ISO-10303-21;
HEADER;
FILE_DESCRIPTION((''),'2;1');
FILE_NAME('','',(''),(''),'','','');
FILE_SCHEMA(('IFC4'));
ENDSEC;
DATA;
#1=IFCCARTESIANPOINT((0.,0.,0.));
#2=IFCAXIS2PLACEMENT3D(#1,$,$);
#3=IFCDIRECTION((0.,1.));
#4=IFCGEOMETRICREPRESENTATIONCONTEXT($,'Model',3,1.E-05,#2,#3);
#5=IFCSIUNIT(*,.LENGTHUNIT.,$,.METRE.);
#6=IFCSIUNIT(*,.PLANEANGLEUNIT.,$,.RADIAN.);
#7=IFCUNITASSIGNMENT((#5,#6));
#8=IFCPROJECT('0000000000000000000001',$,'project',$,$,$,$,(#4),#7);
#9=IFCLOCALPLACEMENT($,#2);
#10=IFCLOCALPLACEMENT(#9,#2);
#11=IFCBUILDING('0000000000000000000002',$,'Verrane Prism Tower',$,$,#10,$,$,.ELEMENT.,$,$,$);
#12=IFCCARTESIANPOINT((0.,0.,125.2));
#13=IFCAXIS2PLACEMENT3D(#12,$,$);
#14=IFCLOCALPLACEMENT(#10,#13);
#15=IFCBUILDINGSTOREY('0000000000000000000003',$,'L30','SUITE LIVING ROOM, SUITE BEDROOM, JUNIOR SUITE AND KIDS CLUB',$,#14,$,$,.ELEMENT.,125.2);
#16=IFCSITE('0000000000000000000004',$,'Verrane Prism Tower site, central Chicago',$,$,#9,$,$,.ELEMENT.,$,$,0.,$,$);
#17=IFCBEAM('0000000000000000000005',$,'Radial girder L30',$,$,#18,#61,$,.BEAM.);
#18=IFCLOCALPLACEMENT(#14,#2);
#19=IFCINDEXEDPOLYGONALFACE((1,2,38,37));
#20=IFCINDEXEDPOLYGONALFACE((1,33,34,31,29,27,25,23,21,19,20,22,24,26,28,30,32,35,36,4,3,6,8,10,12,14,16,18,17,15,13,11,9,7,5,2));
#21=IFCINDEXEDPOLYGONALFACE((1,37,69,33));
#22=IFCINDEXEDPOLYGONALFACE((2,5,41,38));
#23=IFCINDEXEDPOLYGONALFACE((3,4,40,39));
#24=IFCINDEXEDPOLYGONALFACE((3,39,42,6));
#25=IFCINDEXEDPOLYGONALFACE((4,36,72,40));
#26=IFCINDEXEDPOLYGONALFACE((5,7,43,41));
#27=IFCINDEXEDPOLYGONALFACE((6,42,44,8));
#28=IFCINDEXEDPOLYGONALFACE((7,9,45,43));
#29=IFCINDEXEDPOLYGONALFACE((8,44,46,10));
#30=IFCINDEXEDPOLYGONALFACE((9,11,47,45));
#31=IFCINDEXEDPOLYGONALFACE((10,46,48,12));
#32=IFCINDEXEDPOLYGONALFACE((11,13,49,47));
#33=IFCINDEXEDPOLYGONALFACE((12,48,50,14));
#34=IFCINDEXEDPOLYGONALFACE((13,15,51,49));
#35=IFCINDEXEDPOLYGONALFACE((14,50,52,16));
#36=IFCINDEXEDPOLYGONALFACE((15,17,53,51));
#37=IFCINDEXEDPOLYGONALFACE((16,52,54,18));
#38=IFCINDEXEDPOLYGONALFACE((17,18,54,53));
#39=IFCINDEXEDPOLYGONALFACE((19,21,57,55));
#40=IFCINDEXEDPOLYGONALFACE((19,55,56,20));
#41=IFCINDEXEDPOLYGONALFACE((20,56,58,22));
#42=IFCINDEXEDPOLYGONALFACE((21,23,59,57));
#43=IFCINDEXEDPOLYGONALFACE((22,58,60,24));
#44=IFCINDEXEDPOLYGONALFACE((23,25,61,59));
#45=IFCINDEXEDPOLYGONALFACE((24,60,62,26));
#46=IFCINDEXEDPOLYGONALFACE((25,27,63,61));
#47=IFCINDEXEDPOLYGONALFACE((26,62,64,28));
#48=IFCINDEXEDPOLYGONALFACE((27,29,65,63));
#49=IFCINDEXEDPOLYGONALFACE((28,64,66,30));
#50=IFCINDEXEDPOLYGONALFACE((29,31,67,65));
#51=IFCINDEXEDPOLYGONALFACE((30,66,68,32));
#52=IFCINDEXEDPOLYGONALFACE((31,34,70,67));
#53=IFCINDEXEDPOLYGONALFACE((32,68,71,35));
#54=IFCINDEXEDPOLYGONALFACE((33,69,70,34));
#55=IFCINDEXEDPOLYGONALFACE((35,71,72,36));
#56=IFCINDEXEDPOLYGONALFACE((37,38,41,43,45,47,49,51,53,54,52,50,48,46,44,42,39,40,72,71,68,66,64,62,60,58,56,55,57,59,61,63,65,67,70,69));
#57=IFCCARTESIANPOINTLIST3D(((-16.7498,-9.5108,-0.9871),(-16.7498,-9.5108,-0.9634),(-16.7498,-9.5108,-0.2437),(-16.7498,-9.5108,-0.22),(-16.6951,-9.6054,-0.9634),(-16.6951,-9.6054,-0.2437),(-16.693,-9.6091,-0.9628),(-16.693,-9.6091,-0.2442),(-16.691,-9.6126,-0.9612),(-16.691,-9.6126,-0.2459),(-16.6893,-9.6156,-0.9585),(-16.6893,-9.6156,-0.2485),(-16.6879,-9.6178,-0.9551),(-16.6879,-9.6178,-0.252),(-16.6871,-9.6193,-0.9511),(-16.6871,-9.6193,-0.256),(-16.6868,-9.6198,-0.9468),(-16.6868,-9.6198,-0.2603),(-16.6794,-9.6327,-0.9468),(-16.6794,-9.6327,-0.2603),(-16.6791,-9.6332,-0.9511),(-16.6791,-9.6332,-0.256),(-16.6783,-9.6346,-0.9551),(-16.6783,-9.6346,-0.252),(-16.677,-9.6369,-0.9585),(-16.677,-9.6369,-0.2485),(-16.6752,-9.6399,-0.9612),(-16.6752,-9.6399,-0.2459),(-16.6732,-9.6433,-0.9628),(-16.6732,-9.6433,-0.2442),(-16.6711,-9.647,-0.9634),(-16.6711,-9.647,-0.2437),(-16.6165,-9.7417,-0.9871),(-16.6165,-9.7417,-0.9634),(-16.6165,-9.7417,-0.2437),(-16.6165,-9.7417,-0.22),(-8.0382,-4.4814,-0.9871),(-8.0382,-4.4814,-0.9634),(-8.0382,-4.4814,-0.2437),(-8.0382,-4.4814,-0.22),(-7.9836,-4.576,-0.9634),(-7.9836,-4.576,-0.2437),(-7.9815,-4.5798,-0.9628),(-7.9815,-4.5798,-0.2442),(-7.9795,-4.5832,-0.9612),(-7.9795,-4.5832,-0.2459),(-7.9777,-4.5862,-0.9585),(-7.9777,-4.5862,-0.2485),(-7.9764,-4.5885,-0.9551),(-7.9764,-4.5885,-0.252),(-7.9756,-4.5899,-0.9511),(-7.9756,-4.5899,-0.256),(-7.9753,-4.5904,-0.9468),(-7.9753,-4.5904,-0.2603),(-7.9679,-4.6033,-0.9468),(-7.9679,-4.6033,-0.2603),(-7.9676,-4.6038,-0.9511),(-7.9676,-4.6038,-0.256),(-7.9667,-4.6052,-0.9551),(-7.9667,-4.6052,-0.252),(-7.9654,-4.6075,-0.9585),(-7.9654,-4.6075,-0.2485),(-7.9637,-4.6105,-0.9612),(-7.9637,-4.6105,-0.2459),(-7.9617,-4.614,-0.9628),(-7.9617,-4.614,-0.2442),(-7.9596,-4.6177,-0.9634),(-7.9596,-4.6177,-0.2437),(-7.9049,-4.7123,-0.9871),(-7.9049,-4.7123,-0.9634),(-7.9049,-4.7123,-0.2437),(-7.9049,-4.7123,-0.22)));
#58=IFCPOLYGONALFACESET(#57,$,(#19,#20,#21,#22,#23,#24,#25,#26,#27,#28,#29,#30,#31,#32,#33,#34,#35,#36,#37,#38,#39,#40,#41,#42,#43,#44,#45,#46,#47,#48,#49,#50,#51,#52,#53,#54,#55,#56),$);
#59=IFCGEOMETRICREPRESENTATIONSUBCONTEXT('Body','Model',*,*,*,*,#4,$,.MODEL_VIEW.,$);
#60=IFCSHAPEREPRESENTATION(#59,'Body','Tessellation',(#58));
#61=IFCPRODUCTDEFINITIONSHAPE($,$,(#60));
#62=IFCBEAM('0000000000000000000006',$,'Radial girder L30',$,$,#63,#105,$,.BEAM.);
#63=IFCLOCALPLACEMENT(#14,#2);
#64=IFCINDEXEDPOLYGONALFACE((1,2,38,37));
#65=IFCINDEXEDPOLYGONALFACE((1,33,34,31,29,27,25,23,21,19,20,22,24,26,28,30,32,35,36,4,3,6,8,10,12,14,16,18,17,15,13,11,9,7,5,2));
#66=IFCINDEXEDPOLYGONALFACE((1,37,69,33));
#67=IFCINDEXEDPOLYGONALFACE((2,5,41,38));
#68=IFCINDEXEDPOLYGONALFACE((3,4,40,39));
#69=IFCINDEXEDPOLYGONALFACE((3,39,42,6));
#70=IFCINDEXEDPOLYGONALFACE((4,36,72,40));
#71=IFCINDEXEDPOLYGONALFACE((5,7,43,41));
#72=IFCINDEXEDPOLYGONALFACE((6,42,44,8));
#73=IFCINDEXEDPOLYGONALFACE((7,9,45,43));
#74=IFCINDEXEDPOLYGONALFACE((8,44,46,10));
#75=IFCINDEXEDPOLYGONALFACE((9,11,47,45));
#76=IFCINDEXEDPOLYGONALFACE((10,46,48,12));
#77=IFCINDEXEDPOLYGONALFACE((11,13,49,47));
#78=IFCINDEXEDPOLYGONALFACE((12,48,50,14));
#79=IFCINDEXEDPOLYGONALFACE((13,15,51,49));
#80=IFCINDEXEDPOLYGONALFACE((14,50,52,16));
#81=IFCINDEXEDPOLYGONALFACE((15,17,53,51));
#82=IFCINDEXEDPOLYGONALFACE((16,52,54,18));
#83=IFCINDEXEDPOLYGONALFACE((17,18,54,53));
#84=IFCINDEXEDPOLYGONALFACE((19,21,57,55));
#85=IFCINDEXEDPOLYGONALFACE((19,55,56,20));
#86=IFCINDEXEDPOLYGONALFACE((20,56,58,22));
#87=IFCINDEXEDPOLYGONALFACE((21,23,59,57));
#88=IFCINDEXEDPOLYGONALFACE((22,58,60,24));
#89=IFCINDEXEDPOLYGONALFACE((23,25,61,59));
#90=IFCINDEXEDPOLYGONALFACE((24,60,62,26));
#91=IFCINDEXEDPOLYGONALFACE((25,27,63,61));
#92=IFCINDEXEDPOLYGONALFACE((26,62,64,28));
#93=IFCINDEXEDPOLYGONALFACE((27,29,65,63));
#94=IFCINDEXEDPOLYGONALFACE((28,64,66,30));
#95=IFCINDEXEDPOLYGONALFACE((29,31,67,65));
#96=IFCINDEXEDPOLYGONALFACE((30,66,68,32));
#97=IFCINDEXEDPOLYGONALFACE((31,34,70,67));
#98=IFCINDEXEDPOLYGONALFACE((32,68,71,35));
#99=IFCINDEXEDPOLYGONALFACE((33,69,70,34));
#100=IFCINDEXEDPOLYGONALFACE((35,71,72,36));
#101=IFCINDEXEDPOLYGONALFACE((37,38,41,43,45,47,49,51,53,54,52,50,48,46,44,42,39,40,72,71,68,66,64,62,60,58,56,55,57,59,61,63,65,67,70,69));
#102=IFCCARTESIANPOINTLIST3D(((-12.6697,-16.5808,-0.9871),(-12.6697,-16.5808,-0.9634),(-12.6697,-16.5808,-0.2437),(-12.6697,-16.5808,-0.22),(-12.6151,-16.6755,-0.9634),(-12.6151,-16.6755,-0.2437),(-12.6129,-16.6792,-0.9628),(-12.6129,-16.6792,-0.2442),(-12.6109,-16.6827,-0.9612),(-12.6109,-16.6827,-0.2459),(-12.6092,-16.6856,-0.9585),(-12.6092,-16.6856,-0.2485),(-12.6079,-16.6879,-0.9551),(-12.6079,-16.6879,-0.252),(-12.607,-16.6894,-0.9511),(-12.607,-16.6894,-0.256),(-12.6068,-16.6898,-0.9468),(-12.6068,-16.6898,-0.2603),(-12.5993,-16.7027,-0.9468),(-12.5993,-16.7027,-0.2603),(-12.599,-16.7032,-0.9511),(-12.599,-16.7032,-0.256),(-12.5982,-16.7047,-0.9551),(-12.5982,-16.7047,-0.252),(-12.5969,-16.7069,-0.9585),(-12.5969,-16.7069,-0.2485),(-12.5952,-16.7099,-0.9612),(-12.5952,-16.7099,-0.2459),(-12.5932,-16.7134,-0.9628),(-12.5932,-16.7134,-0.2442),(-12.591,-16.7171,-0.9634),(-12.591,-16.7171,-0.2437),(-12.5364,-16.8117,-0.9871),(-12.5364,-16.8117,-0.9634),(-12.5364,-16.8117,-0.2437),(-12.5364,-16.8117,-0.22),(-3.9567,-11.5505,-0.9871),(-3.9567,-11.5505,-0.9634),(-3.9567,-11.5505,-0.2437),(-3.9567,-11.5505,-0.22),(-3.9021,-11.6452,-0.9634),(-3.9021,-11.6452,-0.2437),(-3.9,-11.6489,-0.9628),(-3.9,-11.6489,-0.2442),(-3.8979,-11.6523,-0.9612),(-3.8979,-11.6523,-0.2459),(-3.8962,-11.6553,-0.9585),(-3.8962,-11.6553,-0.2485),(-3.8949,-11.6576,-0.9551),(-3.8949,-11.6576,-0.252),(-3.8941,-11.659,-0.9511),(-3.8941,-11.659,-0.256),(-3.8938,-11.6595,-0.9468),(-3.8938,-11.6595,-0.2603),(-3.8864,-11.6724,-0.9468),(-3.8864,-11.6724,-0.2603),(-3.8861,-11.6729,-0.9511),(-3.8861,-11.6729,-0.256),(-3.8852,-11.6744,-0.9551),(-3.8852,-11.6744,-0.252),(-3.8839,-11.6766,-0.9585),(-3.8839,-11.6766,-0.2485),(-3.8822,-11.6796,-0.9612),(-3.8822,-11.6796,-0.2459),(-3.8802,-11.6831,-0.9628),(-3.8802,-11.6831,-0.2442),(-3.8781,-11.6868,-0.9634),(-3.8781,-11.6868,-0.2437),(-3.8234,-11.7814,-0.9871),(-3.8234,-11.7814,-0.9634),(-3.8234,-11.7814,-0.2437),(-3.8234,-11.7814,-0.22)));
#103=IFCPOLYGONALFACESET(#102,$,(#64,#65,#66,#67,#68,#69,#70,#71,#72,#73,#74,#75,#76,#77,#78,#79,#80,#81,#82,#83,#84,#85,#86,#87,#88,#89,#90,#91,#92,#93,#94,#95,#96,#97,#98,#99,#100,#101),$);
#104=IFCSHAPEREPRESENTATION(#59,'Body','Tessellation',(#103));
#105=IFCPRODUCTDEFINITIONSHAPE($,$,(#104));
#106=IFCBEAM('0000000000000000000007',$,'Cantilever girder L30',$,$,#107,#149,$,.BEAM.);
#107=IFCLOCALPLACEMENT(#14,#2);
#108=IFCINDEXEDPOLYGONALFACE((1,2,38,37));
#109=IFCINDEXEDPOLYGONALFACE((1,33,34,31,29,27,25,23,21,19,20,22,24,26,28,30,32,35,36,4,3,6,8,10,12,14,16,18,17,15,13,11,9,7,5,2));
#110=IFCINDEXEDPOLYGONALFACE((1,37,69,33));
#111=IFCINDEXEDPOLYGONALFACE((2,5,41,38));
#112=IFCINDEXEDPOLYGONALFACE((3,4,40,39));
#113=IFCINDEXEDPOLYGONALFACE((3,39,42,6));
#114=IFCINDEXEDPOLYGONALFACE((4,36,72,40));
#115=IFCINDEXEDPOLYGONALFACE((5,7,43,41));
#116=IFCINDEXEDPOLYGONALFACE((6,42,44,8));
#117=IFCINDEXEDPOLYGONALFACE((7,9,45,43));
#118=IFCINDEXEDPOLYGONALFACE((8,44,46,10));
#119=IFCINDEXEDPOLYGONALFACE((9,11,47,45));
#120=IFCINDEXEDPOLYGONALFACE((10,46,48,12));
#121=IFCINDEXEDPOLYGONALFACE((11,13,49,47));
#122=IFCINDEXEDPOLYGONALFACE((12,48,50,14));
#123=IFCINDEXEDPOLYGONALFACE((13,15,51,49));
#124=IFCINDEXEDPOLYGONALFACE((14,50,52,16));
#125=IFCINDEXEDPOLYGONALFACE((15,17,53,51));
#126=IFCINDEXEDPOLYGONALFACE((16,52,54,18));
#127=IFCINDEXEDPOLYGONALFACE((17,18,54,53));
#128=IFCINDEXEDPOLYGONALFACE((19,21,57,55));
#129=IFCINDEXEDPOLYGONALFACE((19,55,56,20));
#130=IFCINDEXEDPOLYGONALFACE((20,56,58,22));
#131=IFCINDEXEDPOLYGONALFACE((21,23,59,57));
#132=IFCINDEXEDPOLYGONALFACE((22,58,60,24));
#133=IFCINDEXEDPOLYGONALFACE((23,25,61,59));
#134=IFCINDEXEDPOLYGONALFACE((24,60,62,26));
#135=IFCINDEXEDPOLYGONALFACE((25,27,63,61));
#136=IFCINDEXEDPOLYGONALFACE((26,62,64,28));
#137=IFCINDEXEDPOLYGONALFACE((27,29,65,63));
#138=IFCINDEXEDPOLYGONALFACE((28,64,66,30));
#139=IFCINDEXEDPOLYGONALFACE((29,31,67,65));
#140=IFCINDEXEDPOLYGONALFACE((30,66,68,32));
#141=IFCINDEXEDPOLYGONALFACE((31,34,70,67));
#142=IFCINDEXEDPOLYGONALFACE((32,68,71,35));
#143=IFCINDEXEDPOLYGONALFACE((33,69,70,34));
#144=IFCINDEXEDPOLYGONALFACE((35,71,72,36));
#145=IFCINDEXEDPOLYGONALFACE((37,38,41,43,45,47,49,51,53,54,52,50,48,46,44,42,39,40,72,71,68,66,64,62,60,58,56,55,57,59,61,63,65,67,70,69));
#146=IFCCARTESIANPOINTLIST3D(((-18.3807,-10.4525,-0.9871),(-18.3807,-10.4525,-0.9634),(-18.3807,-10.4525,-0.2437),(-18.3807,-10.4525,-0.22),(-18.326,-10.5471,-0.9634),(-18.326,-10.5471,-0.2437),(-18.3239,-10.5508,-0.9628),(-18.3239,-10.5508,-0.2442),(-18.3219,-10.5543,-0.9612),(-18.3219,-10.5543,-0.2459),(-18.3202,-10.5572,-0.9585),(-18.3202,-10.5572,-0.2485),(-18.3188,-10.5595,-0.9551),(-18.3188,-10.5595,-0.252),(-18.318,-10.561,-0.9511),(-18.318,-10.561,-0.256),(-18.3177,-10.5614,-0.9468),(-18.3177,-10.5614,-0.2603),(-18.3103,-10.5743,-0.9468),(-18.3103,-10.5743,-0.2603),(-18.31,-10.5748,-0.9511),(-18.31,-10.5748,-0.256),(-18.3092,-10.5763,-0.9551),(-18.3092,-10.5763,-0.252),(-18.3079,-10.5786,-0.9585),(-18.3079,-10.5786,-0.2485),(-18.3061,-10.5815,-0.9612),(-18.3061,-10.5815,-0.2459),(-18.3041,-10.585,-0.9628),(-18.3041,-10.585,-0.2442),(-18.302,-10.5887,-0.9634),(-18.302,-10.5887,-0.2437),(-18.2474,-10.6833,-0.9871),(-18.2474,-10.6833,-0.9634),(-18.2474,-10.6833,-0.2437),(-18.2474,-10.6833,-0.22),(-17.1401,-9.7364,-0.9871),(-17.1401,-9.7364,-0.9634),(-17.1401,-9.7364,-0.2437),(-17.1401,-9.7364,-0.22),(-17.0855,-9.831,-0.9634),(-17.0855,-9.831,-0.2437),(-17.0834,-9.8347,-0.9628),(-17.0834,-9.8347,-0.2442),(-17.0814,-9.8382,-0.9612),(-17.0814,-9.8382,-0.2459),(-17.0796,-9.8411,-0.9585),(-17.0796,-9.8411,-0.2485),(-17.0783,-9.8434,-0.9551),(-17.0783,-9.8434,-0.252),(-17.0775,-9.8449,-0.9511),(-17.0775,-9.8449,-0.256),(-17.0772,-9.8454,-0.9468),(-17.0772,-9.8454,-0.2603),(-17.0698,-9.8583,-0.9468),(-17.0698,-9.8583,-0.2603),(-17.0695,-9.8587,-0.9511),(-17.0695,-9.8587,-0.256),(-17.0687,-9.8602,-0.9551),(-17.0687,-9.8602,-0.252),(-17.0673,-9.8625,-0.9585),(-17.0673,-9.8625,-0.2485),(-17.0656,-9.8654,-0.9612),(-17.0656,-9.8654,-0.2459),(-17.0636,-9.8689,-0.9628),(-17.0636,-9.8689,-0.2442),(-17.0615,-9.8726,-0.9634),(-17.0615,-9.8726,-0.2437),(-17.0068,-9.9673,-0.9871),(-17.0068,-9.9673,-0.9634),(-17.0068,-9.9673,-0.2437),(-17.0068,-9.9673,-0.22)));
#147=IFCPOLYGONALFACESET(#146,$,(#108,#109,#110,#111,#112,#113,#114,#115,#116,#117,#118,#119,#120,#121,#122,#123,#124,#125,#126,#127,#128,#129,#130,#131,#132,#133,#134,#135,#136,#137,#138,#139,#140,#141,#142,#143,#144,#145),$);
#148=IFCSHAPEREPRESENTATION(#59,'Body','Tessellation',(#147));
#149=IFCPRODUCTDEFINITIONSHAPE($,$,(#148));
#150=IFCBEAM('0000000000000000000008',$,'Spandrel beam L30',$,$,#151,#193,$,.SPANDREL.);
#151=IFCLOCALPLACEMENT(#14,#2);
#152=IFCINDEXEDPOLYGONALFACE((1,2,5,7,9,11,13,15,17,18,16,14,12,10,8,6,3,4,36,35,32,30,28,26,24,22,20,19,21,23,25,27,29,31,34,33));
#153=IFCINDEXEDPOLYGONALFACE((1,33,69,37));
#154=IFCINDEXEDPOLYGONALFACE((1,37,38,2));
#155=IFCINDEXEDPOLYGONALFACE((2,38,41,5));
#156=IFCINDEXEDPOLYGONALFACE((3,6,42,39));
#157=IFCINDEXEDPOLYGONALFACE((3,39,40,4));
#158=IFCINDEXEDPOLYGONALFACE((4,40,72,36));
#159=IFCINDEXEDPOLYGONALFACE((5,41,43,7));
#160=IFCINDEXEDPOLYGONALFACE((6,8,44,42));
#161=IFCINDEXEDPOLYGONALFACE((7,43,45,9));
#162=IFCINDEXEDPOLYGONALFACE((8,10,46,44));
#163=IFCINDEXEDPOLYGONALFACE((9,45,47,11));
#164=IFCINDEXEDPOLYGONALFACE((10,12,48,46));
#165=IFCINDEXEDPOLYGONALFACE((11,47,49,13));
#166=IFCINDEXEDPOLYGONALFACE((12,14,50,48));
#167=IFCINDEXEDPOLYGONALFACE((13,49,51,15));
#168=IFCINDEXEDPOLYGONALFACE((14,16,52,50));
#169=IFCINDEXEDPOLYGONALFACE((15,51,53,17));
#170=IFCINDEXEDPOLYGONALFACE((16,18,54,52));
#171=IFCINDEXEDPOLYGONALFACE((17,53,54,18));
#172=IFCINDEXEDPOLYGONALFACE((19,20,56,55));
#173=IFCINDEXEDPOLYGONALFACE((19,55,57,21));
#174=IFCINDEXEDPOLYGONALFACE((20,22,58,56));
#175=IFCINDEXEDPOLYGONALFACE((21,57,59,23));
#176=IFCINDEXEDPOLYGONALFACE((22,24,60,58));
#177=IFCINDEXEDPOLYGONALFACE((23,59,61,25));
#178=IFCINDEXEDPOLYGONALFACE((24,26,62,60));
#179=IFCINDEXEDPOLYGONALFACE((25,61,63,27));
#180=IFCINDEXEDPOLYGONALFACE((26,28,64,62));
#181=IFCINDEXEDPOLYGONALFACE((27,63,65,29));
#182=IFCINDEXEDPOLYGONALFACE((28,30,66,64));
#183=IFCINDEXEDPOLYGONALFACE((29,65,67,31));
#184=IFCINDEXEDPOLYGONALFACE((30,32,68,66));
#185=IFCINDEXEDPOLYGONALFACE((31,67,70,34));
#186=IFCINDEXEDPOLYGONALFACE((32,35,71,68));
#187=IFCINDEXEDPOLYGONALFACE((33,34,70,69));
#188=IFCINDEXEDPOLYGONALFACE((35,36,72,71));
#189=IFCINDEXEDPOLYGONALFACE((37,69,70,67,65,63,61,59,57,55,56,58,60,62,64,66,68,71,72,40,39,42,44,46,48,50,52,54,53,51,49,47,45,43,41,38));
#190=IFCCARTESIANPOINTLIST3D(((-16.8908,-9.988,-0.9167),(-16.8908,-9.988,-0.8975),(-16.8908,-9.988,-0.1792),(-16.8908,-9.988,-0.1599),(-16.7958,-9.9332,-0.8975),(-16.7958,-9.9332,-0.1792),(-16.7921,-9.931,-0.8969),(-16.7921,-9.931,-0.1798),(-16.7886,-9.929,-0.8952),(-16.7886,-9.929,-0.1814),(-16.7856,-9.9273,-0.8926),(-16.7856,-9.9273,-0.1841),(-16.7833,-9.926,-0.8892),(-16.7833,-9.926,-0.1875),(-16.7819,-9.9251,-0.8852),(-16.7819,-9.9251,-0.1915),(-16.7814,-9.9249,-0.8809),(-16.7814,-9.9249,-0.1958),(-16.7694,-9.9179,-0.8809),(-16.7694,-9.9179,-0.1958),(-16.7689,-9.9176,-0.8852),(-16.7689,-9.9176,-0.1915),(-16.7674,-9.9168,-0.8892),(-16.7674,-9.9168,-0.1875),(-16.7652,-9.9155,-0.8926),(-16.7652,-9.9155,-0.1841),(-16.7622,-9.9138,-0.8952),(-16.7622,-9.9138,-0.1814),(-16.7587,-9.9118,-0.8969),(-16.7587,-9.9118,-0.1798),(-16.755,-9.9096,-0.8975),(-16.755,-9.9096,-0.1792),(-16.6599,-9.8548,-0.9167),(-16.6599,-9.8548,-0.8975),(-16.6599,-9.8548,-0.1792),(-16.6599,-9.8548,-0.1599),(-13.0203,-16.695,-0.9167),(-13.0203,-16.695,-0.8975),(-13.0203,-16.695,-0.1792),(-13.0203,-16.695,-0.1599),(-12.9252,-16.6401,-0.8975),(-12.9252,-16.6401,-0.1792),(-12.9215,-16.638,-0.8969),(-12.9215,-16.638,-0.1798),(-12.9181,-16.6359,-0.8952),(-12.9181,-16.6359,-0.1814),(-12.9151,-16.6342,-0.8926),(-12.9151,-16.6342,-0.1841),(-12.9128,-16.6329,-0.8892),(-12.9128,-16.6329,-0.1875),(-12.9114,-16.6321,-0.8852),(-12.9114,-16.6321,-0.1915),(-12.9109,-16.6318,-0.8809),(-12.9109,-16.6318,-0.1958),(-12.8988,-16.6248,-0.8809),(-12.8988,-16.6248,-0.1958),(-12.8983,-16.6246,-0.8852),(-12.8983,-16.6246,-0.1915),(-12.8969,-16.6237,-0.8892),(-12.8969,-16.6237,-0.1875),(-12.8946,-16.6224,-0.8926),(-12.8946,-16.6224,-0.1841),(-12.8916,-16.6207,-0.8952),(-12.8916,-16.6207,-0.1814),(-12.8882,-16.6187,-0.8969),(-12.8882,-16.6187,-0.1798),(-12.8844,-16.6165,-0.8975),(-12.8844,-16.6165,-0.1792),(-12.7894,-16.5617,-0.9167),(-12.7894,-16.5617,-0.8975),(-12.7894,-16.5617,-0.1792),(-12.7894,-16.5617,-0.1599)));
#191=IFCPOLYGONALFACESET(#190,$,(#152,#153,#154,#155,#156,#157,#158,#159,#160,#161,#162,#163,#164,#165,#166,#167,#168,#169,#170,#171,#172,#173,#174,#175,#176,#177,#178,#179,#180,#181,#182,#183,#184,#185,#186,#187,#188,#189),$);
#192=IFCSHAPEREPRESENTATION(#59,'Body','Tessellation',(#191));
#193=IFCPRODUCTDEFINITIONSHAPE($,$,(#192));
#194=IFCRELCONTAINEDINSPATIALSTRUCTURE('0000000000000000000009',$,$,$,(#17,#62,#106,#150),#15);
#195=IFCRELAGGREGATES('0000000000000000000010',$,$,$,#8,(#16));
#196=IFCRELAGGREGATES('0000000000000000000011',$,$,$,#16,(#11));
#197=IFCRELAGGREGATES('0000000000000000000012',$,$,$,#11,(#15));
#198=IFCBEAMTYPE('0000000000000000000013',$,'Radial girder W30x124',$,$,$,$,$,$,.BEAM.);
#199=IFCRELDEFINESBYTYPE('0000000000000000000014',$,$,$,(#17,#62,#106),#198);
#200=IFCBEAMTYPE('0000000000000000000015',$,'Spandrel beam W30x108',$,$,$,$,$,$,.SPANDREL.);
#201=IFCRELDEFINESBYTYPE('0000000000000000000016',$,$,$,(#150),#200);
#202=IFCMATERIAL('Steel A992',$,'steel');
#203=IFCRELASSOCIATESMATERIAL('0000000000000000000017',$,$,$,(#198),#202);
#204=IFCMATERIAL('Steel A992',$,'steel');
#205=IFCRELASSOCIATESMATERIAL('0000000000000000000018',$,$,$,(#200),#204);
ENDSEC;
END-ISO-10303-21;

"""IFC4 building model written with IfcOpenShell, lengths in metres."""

from ifc_helpers import new_model, si_unit, direction, frame, origin, origin_2d, place, context, subcontext, project, spatial, i_section, extrude, material, material_profile, profile_set, type_object, element, save


model = new_model("IFC4")

# Units and contexts
model_context = context("Model", 3, precision=1e-05, world=origin(), true_north=direction((0.0, 1.0)))
body_context = subcontext(model_context, "Body", "Model", "MODEL_VIEW")
ifc_project = project(units=[si_unit("LENGTHUNIT", "METRE"), si_unit("PLANEANGLEUNIT", "RADIAN")], contexts=[model_context])

# Site, building, storey
site_placement = place(None, origin())
site = spatial("IfcSite", under=ifc_project, at=site_placement, Name="Verrane Prism Tower site, central Chicago", CompositionType="ELEMENT", RefElevation=0.0)
building_placement = place(site_placement, origin())
building = spatial("IfcBuilding", under=site, at=building_placement, Name="Verrane Prism Tower", CompositionType="ELEMENT")
storey_placement = place(building_placement, frame((0.0, 0.0, 125.2)))
storey = spatial("IfcBuildingStorey", under=building, at=storey_placement, Name="L30", Description="SUITE LIVING ROOM, SUITE BEDROOM, JUNIOR SUITE AND KIDS CLUB", CompositionType="ELEMENT", Elevation=125.2)

# Beams
ifc_material_1 = material(Name="Steel A992", Category="steel")
ifc_material_profile_1 = material_profile(ifc_material_1, i_section(OverallWidth=0.2666, OverallDepth=0.7671, WebThickness=0.0149, FlangeThickness=0.0237, FilletRadius=0.0166, at=origin_2d()), Name="W30x124")
ifc_profile_set_1 = profile_set([ifc_material_profile_1], Name="Steel A992")
beam_type_1 = type_object("IfcBeamType", Name="Radial girder W30x124", PredefinedType="BEAM", material=ifc_profile_set_1)
beam_1_placement = place(storey_placement, frame((-16.6831, -9.6262, -0.6035), z_axis=(0.866036, 0.499982, 0.0), x_axis=(-0.499982, 0.866036, 0.0)))
element("IfcBeam", 1, at=beam_1_placement, inside=storey, type_object=beam_type_1, Name="Radial girder L30", PredefinedType="BEAM", context=body_context, shape_type="SweptSolid", body=[
    extrude(i_section(OverallWidth=0.2666, OverallDepth=0.7671, WebThickness=0.0149, FlangeThickness=0.0237, FilletRadius=0.0166, at=origin_2d()), origin(), (0.0, 0.0, 1.0), 10.0591),
])
beam_2_placement = place(storey_placement, frame((-12.603, -16.6963, -0.6035), z_axis=(0.86603, 0.499991, 0.0), x_axis=(-0.499991, 0.86603, 0.0)))
element("IfcBeam", 2, at=beam_2_placement, inside=storey, type_object=beam_type_1, Name="Radial girder L30", PredefinedType="BEAM", context=body_context, shape_type="SweptSolid", body=[
    extrude(i_section(OverallWidth=0.2666, OverallDepth=0.7671, WebThickness=0.0149, FlangeThickness=0.0237, FilletRadius=0.0166, at=origin_2d()), origin(), (0.0, 0.0, 1.0), 10.0608),
])
beam_3_placement = place(storey_placement, frame((-17.0735, -9.8518, -0.6035), z_axis=(-0.866064, -0.499934, 0.0), x_axis=(0.499934, -0.866064, 0.0)))
element("IfcBeam", 3, at=beam_3_placement, inside=storey, type_object=beam_type_1, Name="Cantilever girder L30", PredefinedType="BEAM", context=body_context, shape_type="SweptSolid", body=[
    extrude(i_section(OverallWidth=0.2666, OverallDepth=0.7671, WebThickness=0.0149, FlangeThickness=0.0237, FilletRadius=0.0166, at=origin_2d()), origin(), (0.0, 0.0, 1.0), 1.4324),
])
ifc_material_2 = material(Name="Steel A992", Category="steel")
ifc_material_profile_2 = material_profile(ifc_material_2, i_section(OverallWidth=0.2666, OverallDepth=0.7568, WebThickness=0.0139, FlangeThickness=0.0193, FilletRadius=0.0166, at=origin_2d()), Name="W30x108")
ifc_profile_set_2 = profile_set([ifc_material_profile_2], Name="Steel A992")
beam_type_2 = type_object("IfcBeamType", Name="Spandrel beam W30x108", PredefinedType="SPANDREL", material=ifc_profile_set_2)
beam_4_placement = place(storey_placement, frame((-16.7754, -9.9214, -0.5383), z_axis=(0.499835, -0.86612, 0.0), x_axis=(0.86612, 0.499835, 0.0)))
element("IfcBeam", 4, at=beam_4_placement, inside=storey, type_object=beam_type_2, Name="Spandrel beam L30", PredefinedType="SPANDREL", context=body_context, shape_type="SweptSolid", body=[
    extrude(i_section(OverallWidth=0.2666, OverallDepth=0.7568, WebThickness=0.0139, FlangeThickness=0.0193, FilletRadius=0.0166, at=origin_2d()), origin(), (0.0, 0.0, 1.0), 7.7437),
])

save(model, "model.ifc")
